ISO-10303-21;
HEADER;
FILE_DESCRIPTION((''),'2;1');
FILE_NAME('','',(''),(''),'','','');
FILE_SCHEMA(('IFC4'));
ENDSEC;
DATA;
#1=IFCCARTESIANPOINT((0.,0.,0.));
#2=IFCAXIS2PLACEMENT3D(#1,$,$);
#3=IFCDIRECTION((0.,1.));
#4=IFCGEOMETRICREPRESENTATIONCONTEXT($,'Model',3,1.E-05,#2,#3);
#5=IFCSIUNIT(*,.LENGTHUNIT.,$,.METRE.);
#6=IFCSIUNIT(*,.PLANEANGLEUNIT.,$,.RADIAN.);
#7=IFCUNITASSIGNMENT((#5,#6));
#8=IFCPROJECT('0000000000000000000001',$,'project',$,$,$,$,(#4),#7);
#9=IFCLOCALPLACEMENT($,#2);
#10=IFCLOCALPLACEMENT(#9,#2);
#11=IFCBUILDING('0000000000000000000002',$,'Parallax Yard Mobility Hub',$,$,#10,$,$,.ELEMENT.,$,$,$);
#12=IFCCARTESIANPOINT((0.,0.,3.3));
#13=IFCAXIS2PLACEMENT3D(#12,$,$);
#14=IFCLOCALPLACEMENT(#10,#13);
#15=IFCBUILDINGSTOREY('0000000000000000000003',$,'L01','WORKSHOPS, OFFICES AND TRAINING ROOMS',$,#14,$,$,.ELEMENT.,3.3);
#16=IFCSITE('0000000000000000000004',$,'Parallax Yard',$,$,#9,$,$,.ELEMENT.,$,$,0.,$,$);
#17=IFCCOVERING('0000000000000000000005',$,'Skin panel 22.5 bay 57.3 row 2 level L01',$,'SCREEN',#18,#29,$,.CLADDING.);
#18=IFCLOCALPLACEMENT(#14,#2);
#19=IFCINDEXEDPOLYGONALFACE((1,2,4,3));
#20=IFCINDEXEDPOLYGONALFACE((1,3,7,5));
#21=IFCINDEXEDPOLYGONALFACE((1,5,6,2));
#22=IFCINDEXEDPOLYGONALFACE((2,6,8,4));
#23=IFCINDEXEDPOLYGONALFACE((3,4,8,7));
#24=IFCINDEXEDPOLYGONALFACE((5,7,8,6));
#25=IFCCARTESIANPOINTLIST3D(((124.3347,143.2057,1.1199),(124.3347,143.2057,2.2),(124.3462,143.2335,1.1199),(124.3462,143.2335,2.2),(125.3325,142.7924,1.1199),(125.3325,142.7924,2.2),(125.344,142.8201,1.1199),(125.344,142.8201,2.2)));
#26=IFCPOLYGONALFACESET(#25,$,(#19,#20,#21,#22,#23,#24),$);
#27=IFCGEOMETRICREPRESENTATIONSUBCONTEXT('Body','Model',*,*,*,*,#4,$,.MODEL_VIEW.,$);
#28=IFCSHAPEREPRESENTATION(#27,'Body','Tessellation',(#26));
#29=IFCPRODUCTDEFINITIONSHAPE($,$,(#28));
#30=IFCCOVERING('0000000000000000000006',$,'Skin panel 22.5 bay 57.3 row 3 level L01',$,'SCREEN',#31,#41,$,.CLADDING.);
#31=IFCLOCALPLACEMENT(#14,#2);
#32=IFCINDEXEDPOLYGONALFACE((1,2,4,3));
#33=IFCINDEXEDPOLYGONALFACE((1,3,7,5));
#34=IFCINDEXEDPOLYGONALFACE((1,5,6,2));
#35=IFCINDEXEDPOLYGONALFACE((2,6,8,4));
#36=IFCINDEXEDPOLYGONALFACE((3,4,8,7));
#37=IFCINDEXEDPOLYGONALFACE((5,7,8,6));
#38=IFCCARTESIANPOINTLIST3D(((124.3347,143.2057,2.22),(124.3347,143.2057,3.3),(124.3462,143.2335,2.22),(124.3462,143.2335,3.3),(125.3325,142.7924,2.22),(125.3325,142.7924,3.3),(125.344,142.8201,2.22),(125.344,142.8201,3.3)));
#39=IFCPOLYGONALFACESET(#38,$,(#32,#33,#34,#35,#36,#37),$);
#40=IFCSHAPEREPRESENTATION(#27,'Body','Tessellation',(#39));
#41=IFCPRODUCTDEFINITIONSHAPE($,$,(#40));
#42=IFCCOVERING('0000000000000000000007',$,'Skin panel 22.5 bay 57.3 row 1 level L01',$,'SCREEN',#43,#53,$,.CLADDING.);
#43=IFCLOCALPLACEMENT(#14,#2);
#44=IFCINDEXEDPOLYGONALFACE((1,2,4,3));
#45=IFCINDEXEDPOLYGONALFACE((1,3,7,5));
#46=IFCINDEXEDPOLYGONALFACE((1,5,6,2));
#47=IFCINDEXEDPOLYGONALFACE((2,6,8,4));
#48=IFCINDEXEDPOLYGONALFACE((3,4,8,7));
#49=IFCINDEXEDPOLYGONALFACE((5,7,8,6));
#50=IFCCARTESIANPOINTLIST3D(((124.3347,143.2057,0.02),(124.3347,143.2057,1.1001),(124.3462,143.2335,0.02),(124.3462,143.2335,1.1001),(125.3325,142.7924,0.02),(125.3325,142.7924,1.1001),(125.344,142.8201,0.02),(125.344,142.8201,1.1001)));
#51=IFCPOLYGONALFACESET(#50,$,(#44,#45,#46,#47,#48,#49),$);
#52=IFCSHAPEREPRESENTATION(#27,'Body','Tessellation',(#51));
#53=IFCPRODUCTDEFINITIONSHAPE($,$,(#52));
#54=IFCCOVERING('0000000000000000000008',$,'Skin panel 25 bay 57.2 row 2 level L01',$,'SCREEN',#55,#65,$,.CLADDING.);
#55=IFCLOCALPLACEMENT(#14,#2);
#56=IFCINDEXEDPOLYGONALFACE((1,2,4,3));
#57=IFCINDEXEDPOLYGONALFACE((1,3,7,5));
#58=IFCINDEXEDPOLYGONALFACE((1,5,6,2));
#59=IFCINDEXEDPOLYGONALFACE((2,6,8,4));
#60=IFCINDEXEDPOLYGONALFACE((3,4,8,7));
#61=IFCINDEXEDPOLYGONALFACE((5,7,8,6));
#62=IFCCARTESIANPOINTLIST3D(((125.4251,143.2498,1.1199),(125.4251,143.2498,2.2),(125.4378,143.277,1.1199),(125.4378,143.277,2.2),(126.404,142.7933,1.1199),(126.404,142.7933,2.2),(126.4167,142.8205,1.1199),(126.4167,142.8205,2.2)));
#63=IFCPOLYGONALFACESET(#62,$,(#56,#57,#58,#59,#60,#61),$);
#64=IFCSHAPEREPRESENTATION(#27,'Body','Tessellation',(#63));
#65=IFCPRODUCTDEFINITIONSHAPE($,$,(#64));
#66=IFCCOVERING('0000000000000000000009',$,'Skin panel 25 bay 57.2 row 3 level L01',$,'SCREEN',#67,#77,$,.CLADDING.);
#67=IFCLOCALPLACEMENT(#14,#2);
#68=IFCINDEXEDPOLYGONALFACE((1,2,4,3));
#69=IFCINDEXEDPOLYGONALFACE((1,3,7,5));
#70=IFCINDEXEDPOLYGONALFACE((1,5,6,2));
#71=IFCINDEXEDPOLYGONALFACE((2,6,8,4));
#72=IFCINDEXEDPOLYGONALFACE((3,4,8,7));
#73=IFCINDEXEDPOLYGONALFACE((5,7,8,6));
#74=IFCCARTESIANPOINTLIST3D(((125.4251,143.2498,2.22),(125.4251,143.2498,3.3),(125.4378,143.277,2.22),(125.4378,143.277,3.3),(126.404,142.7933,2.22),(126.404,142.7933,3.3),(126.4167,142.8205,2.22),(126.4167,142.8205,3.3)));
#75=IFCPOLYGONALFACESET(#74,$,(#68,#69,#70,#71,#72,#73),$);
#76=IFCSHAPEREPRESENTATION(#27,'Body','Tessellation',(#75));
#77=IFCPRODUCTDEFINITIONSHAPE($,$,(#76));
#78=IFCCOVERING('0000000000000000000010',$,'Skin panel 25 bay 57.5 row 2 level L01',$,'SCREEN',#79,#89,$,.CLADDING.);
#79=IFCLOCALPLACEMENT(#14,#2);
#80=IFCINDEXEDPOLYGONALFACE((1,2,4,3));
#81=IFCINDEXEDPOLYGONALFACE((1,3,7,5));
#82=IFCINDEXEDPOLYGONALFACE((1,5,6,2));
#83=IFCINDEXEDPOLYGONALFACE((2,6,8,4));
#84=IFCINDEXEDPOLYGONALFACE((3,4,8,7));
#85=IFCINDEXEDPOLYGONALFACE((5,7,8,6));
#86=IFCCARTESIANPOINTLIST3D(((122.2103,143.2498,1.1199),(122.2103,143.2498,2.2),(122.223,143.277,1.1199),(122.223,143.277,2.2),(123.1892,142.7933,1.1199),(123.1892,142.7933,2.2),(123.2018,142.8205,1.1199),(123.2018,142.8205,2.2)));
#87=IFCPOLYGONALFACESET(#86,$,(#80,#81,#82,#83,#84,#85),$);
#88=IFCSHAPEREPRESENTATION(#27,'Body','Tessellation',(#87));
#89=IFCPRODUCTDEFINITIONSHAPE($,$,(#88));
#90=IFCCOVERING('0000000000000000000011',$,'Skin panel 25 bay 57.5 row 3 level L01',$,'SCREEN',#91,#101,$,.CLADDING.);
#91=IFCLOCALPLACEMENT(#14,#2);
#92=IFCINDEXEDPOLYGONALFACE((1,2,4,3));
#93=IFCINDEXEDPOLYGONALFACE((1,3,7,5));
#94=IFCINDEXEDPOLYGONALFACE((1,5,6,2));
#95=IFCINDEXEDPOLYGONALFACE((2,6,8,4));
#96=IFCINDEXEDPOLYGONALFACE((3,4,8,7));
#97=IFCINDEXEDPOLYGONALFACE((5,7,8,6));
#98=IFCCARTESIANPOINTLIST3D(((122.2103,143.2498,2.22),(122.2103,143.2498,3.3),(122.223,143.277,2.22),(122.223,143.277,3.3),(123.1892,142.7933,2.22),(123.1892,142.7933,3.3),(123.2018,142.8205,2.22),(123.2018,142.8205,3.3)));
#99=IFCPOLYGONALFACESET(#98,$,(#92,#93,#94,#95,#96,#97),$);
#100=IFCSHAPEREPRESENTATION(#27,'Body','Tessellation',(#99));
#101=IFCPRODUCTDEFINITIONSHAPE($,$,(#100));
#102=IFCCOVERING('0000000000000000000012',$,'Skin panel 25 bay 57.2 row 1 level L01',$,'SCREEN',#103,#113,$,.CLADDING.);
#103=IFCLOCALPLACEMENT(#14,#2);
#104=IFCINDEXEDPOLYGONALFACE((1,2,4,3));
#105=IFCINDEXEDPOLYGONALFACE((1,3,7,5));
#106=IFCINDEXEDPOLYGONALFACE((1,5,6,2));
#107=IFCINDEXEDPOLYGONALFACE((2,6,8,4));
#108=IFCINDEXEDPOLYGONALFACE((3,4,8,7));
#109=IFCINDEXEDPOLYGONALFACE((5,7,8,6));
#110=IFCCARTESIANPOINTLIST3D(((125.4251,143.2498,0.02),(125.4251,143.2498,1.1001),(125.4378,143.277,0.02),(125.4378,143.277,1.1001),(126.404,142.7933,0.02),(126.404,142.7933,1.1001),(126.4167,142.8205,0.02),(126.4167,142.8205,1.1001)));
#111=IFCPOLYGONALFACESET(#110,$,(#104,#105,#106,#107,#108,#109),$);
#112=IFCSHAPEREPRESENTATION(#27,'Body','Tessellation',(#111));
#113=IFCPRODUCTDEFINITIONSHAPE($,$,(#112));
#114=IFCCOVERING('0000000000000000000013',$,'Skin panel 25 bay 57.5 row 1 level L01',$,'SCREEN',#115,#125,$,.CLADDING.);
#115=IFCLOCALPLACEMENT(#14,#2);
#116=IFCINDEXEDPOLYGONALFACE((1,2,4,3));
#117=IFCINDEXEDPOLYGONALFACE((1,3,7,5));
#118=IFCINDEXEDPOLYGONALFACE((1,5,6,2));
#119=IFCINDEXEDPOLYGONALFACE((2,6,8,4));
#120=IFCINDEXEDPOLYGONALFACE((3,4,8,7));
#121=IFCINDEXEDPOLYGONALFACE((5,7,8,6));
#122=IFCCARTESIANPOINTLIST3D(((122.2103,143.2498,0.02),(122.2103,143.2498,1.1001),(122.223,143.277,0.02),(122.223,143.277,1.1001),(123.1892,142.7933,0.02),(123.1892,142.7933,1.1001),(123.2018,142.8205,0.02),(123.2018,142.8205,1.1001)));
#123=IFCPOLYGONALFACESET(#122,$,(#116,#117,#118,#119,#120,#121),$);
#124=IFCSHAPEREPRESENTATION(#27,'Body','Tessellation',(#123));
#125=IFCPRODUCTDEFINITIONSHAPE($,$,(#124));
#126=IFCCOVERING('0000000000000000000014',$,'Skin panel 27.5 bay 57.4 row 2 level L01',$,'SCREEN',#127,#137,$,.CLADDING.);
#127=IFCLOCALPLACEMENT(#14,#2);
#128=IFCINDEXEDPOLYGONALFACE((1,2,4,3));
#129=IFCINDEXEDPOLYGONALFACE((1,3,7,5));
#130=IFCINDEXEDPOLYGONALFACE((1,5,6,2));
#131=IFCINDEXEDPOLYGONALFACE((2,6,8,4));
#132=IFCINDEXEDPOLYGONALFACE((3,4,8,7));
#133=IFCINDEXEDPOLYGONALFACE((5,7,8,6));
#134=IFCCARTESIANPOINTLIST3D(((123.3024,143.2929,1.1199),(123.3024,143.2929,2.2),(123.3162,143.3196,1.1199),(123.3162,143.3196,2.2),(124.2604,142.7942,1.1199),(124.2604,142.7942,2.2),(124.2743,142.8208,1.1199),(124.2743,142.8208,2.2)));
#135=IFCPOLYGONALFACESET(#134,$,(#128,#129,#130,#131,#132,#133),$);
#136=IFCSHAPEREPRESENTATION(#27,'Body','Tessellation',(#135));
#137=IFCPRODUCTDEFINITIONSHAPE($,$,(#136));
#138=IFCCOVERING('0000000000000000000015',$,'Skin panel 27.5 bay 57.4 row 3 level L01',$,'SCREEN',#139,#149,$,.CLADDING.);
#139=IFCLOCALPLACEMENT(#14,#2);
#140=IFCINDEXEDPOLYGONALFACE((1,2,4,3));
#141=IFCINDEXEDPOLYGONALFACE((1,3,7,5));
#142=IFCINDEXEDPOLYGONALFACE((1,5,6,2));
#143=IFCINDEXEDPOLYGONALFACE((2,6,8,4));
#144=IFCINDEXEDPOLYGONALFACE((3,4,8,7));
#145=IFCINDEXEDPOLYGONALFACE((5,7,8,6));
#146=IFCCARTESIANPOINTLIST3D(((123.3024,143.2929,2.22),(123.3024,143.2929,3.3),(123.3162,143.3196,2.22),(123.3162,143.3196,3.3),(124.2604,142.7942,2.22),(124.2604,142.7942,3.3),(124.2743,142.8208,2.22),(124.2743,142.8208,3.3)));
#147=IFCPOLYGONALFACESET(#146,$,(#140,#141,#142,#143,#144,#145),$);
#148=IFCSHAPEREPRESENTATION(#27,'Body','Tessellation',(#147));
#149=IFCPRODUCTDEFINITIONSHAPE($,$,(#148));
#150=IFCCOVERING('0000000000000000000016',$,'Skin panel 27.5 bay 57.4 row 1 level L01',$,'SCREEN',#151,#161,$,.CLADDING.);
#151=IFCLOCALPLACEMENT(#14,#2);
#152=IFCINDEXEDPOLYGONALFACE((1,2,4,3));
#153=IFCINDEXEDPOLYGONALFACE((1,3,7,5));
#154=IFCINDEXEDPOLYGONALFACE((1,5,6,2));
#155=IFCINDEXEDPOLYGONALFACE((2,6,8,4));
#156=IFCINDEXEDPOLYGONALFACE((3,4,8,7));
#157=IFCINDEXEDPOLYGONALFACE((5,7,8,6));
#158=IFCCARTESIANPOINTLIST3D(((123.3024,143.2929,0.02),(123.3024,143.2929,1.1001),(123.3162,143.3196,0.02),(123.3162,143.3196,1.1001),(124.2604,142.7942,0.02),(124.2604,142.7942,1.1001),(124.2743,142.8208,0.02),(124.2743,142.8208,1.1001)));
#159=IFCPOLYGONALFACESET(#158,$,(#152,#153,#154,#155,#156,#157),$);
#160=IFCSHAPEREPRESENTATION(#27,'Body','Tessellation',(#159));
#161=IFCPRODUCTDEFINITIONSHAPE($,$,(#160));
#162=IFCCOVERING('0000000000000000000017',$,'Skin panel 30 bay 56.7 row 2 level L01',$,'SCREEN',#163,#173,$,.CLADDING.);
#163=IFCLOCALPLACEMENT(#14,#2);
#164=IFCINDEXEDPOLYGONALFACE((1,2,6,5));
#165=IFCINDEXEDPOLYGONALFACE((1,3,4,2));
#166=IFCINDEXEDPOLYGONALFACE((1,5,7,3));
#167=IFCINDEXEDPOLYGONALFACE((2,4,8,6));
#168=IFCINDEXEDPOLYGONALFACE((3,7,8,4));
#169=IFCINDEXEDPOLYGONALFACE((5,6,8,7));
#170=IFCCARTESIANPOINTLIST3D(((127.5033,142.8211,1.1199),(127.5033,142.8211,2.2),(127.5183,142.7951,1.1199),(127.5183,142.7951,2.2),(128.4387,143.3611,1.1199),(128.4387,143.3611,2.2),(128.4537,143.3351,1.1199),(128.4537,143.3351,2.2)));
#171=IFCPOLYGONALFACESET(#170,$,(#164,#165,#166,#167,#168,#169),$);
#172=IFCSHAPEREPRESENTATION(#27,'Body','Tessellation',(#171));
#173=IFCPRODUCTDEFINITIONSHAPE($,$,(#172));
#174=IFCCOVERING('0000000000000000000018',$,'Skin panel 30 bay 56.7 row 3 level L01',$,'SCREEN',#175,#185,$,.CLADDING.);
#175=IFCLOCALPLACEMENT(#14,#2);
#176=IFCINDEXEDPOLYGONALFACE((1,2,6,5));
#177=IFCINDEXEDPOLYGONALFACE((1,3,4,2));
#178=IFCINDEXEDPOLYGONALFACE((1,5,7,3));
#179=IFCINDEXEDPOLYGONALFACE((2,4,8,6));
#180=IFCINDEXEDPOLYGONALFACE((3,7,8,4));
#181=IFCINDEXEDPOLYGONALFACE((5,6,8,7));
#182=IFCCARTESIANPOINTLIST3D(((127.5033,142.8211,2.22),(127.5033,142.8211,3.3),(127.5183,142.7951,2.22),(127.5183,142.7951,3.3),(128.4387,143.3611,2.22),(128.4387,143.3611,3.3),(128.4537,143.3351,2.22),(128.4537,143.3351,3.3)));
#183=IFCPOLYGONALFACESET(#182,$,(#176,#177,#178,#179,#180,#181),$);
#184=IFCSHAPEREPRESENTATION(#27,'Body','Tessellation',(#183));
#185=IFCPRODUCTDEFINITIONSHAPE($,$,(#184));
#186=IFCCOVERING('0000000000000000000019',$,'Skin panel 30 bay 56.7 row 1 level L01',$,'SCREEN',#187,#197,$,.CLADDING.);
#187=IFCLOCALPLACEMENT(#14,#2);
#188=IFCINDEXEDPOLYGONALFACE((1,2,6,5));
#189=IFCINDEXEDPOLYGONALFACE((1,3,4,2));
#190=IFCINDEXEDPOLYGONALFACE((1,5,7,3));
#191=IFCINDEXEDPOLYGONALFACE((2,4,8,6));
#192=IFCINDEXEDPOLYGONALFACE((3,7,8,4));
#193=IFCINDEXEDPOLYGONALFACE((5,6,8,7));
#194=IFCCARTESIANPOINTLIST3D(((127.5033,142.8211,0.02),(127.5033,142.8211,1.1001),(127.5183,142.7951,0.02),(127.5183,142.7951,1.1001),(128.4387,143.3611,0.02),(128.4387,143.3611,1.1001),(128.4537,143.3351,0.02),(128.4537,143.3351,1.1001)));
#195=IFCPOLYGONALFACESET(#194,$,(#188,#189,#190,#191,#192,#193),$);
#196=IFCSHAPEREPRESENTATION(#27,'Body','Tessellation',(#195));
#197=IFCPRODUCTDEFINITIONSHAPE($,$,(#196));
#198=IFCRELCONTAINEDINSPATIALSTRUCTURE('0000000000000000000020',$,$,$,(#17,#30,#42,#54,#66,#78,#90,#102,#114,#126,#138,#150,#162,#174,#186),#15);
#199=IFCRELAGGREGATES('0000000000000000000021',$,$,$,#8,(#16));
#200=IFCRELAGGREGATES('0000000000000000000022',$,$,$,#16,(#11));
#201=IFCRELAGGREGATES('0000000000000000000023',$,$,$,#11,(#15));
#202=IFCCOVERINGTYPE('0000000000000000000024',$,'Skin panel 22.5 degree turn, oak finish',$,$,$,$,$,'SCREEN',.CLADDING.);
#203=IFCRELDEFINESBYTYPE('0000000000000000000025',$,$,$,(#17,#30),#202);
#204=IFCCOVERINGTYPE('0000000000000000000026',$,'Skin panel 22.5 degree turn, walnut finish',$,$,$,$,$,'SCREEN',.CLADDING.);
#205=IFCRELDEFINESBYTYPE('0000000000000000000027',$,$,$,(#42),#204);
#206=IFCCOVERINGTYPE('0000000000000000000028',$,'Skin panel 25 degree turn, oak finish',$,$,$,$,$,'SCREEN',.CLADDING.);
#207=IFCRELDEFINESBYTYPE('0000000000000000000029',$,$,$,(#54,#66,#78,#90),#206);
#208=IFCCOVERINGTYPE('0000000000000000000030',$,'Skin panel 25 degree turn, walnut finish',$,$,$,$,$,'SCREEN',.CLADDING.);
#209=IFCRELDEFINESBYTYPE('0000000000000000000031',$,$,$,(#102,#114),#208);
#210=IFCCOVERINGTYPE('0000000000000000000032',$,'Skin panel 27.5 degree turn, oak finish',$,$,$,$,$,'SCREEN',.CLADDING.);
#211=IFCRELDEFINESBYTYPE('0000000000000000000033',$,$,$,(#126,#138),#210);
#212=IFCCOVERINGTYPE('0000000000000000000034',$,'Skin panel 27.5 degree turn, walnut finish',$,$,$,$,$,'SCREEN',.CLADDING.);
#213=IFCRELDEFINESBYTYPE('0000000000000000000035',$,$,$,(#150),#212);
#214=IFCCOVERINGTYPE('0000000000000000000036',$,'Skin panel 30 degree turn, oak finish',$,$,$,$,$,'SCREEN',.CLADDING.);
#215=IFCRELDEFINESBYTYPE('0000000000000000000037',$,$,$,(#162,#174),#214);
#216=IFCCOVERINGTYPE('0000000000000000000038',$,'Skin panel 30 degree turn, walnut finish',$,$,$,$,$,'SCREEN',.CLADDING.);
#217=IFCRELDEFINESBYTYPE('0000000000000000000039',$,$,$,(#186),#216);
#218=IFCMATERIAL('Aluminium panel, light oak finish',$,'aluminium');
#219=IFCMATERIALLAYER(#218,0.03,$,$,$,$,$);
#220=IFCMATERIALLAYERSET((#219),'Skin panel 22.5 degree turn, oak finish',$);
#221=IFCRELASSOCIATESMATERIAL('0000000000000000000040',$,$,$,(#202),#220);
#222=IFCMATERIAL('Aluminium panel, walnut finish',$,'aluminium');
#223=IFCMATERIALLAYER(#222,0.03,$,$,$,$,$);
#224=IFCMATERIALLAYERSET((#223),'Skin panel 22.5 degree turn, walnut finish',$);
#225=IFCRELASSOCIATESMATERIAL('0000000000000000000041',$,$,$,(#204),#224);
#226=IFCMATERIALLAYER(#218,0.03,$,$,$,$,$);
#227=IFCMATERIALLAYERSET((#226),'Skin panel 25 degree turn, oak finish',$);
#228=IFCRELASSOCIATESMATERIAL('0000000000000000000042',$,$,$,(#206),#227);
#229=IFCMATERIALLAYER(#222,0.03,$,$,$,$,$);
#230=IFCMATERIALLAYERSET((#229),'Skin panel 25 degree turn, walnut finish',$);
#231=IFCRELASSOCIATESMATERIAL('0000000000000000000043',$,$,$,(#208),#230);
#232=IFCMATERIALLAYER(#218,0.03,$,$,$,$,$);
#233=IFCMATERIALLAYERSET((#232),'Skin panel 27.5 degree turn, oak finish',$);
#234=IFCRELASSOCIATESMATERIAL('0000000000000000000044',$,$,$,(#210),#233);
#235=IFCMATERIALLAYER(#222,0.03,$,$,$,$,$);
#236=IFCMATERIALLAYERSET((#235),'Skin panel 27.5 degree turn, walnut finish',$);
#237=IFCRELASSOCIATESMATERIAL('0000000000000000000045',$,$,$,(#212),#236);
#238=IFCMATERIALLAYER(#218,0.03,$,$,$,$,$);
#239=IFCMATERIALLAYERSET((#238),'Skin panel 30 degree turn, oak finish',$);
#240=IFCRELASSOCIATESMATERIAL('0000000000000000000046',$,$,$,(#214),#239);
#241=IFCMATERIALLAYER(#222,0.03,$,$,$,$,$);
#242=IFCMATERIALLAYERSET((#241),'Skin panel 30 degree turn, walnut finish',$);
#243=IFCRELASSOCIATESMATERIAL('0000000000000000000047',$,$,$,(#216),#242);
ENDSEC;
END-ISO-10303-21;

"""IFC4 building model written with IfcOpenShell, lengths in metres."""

from ifc_helpers import new_model, si_unit, direction, frame, origin, origin_2d, place, context, subcontext, project, spatial, rectangle, extrude, material, layer, layer_set, type_object, element, save


model = new_model("IFC4")

# Units and contexts
model_context = context("Model", 3, precision=1e-05, world=origin(), true_north=direction((0.0, 1.0)))
body_context = subcontext(model_context, "Body", "Model", "MODEL_VIEW")
ifc_project = project(units=[si_unit("LENGTHUNIT", "METRE"), si_unit("PLANEANGLEUNIT", "RADIAN")], contexts=[model_context])

# Site, building, storey
site_placement = place(None, origin())
site = spatial("IfcSite", under=ifc_project, at=site_placement, Name="Parallax Yard", CompositionType="ELEMENT", RefElevation=0.0)
building_placement = place(site_placement, origin())
building = spatial("IfcBuilding", under=site, at=building_placement, Name="Parallax Yard Mobility Hub", CompositionType="ELEMENT")
storey_placement = place(building_placement, frame((0.0, 0.0, 3.3)))
storey = spatial("IfcBuildingStorey", under=building, at=storey_placement, Name="L01", Description="WORKSHOPS, OFFICES AND TRAINING ROOMS", CompositionType="ELEMENT", Elevation=3.3)

# Coverings
ifc_material_1 = material(Name="Aluminium panel, light oak finish", Category="aluminium")
ifc_layer_1 = layer(ifc_material_1, 0.03)
ifc_layer_set_1 = layer_set([ifc_layer_1], Name="Skin panel 22.5 degree turn, oak finish")
covering_type_1 = type_object("IfcCoveringType", Name="Skin panel 22.5 degree turn, oak finish", ElementType="SCREEN", PredefinedType="CLADDING", material=ifc_layer_set_1)
for number, where, z_axis, x_axis, name in (
    (1, (124.8394, 143.0129, 1.1199), (0.0, 0.0, 1.0), (-0.92388, 0.382683, 0.0), "Skin panel 22.5 bay 57.3 row 2 level L01"),
    (2, (124.8394, 143.0129, 2.22), (0.0, 0.0, 1.0), (-0.92388, 0.382683, 0.0), "Skin panel 22.5 bay 57.3 row 3 level L01"),
):
    element("IfcCovering", number, at=place(storey_placement, frame(where, z_axis=z_axis, x_axis=x_axis)), inside=storey, type_object=covering_type_1, Name=name, ObjectType="SCREEN", PredefinedType="CLADDING", context=body_context, shape_type="SweptSolid", body=[
        extrude(rectangle(XDim=1.0801, YDim=0.03, at=origin_2d()), origin(), (0.0, 0.0, 1.0), 1.0801),
    ])
ifc_material_2 = material(Name="Aluminium panel, walnut finish", Category="aluminium")
ifc_layer_2 = layer(ifc_material_2, 0.03)
ifc_layer_set_2 = layer_set([ifc_layer_2], Name="Skin panel 22.5 degree turn, walnut finish")
covering_type_2 = type_object("IfcCoveringType", Name="Skin panel 22.5 degree turn, walnut finish", ElementType="SCREEN", PredefinedType="CLADDING", material=ifc_layer_set_2)
covering_1_placement = place(storey_placement, frame((124.8394, 143.0129, 0.02), z_axis=(0.0, 0.0, 1.0), x_axis=(-0.92388, 0.382683, 0.0)))
element("IfcCovering", 3, at=covering_1_placement, inside=storey, type_object=covering_type_2, Name="Skin panel 22.5 bay 57.3 row 1 level L01", ObjectType="SCREEN", PredefinedType="CLADDING", context=body_context, shape_type="SweptSolid", body=[
    extrude(rectangle(XDim=1.0801, YDim=0.03, at=origin_2d()), origin(), (0.0, 0.0, 1.0), 1.0801),
])
ifc_layer_3 = layer(ifc_material_1, 0.03)
ifc_layer_set_3 = layer_set([ifc_layer_3], Name="Skin panel 25 degree turn, oak finish")
covering_type_3 = type_object("IfcCoveringType", Name="Skin panel 25 degree turn, oak finish", ElementType="SCREEN", PredefinedType="CLADDING", material=ifc_layer_set_3)
for number, where, z_axis, x_axis, name in (
    (4, (125.9209, 143.0352, 1.1199), (0.0, 0.0, 1.0), (-0.906308, 0.422618, 0.0), "Skin panel 25 bay 57.2 row 2 level L01"),
    (5, (125.9209, 143.0352, 2.22), (0.0, 0.0, 1.0), (-0.906308, 0.422618, 0.0), "Skin panel 25 bay 57.2 row 3 level L01"),
    (6, (122.7061, 143.0352, 1.1199), (0.0, 0.0, 1.0), (-0.906308, 0.422618, 0.0), "Skin panel 25 bay 57.5 row 2 level L01"),
    (7, (122.7061, 143.0352, 2.22), (0.0, 0.0, 1.0), (-0.906308, 0.422618, 0.0), "Skin panel 25 bay 57.5 row 3 level L01"),
):
    element("IfcCovering", number, at=place(storey_placement, frame(where, z_axis=z_axis, x_axis=x_axis)), inside=storey, type_object=covering_type_3, Name=name, ObjectType="SCREEN", PredefinedType="CLADDING", context=body_context, shape_type="SweptSolid", body=[
        extrude(rectangle(XDim=1.0801, YDim=0.03, at=origin_2d()), origin(), (0.0, 0.0, 1.0), 1.0801),
    ])
ifc_layer_4 = layer(ifc_material_2, 0.03)
ifc_layer_set_4 = layer_set([ifc_layer_4], Name="Skin panel 25 degree turn, walnut finish")
covering_type_4 = type_object("IfcCoveringType", Name="Skin panel 25 degree turn, walnut finish", ElementType="SCREEN", PredefinedType="CLADDING", material=ifc_layer_set_4)
for number, where, z_axis, x_axis, name in (
    (8, (125.9209, 143.0352, 0.02), (0.0, 0.0, 1.0), (-0.906308, 0.422618, 0.0), "Skin panel 25 bay 57.2 row 1 level L01"),
    (9, (122.7061, 143.0352, 0.02), (0.0, 0.0, 1.0), (-0.906308, 0.422618, 0.0), "Skin panel 25 bay 57.5 row 1 level L01"),
):
    element("IfcCovering", number, at=place(storey_placement, frame(where, z_axis=z_axis, x_axis=x_axis)), inside=storey, type_object=covering_type_4, Name=name, ObjectType="SCREEN", PredefinedType="CLADDING", context=body_context, shape_type="SweptSolid", body=[
        extrude(rectangle(XDim=1.0801, YDim=0.03, at=origin_2d()), origin(), (0.0, 0.0, 1.0), 1.0801),
    ])
ifc_layer_5 = layer(ifc_material_1, 0.03)
ifc_layer_set_5 = layer_set([ifc_layer_5], Name="Skin panel 27.5 degree turn, oak finish")
covering_type_5 = type_object("IfcCoveringType", Name="Skin panel 27.5 degree turn, oak finish", ElementType="SCREEN", PredefinedType="CLADDING", material=ifc_layer_set_5)
for number, where, z_axis, x_axis, name in (
    (10, (123.7883, 143.0569, 1.1199), (0.0, 0.0, 1.0), (-0.887011, 0.461749, 0.0), "Skin panel 27.5 bay 57.4 row 2 level L01"),
    (11, (123.7883, 143.0569, 2.22), (0.0, 0.0, 1.0), (-0.887011, 0.461749, 0.0), "Skin panel 27.5 bay 57.4 row 3 level L01"),
):
    element("IfcCovering", number, at=place(storey_placement, frame(where, z_axis=z_axis, x_axis=x_axis)), inside=storey, type_object=covering_type_5, Name=name, ObjectType="SCREEN", PredefinedType="CLADDING", context=body_context, shape_type="SweptSolid", body=[
        extrude(rectangle(XDim=1.0801, YDim=0.03, at=origin_2d()), origin(), (0.0, 0.0, 1.0), 1.0801),
    ])
ifc_layer_6 = layer(ifc_material_2, 0.03)
ifc_layer_set_6 = layer_set([ifc_layer_6], Name="Skin panel 27.5 degree turn, walnut finish")
covering_type_6 = type_object("IfcCoveringType", Name="Skin panel 27.5 degree turn, walnut finish", ElementType="SCREEN", PredefinedType="CLADDING", material=ifc_layer_set_6)
covering_2_placement = place(storey_placement, frame((123.7883, 143.0569, 0.02), z_axis=(0.0, 0.0, 1.0), x_axis=(-0.887011, 0.461749, 0.0)))
element("IfcCovering", 12, at=covering_2_placement, inside=storey, type_object=covering_type_6, Name="Skin panel 27.5 bay 57.4 row 1 level L01", ObjectType="SCREEN", PredefinedType="CLADDING", context=body_context, shape_type="SweptSolid", body=[
    extrude(rectangle(XDim=1.0801, YDim=0.03, at=origin_2d()), origin(), (0.0, 0.0, 1.0), 1.0801),
])
ifc_layer_7 = layer(ifc_material_1, 0.03)
ifc_layer_set_7 = layer_set([ifc_layer_7], Name="Skin panel 30 degree turn, oak finish")
covering_type_7 = type_object("IfcCoveringType", Name="Skin panel 30 degree turn, oak finish", ElementType="SCREEN", PredefinedType="CLADDING", material=ifc_layer_set_7)
for number, where, z_axis, x_axis, name in (
    (13, (127.9785, 143.0781, 1.1199), (0.0, 0.0, 1.0), (0.866025, 0.5, 0.0), "Skin panel 30 bay 56.7 row 2 level L01"),
    (14, (127.9785, 143.0781, 2.22), (0.0, 0.0, 1.0), (0.866025, 0.5, 0.0), "Skin panel 30 bay 56.7 row 3 level L01"),
):
    element("IfcCovering", number, at=place(storey_placement, frame(where, z_axis=z_axis, x_axis=x_axis)), inside=storey, type_object=covering_type_7, Name=name, ObjectType="SCREEN", PredefinedType="CLADDING", context=body_context, shape_type="SweptSolid", body=[
        extrude(rectangle(XDim=1.0801, YDim=0.03, at=origin_2d()), origin(), (0.0, 0.0, 1.0), 1.0801),
    ])
ifc_layer_8 = layer(ifc_material_2, 0.03)
ifc_layer_set_8 = layer_set([ifc_layer_8], Name="Skin panel 30 degree turn, walnut finish")
covering_type_8 = type_object("IfcCoveringType", Name="Skin panel 30 degree turn, walnut finish", ElementType="SCREEN", PredefinedType="CLADDING", material=ifc_layer_set_8)
covering_3_placement = place(storey_placement, frame((127.9785, 143.0781, 0.02), z_axis=(0.0, 0.0, 1.0), x_axis=(0.866025, 0.5, 0.0)))
element("IfcCovering", 15, at=covering_3_placement, inside=storey, type_object=covering_type_8, Name="Skin panel 30 bay 56.7 row 1 level L01", ObjectType="SCREEN", PredefinedType="CLADDING", context=body_context, shape_type="SweptSolid", body=[
    extrude(rectangle(XDim=1.0801, YDim=0.03, at=origin_2d()), origin(), (0.0, 0.0, 1.0), 1.0801),
])

save(model, "model.ifc")
